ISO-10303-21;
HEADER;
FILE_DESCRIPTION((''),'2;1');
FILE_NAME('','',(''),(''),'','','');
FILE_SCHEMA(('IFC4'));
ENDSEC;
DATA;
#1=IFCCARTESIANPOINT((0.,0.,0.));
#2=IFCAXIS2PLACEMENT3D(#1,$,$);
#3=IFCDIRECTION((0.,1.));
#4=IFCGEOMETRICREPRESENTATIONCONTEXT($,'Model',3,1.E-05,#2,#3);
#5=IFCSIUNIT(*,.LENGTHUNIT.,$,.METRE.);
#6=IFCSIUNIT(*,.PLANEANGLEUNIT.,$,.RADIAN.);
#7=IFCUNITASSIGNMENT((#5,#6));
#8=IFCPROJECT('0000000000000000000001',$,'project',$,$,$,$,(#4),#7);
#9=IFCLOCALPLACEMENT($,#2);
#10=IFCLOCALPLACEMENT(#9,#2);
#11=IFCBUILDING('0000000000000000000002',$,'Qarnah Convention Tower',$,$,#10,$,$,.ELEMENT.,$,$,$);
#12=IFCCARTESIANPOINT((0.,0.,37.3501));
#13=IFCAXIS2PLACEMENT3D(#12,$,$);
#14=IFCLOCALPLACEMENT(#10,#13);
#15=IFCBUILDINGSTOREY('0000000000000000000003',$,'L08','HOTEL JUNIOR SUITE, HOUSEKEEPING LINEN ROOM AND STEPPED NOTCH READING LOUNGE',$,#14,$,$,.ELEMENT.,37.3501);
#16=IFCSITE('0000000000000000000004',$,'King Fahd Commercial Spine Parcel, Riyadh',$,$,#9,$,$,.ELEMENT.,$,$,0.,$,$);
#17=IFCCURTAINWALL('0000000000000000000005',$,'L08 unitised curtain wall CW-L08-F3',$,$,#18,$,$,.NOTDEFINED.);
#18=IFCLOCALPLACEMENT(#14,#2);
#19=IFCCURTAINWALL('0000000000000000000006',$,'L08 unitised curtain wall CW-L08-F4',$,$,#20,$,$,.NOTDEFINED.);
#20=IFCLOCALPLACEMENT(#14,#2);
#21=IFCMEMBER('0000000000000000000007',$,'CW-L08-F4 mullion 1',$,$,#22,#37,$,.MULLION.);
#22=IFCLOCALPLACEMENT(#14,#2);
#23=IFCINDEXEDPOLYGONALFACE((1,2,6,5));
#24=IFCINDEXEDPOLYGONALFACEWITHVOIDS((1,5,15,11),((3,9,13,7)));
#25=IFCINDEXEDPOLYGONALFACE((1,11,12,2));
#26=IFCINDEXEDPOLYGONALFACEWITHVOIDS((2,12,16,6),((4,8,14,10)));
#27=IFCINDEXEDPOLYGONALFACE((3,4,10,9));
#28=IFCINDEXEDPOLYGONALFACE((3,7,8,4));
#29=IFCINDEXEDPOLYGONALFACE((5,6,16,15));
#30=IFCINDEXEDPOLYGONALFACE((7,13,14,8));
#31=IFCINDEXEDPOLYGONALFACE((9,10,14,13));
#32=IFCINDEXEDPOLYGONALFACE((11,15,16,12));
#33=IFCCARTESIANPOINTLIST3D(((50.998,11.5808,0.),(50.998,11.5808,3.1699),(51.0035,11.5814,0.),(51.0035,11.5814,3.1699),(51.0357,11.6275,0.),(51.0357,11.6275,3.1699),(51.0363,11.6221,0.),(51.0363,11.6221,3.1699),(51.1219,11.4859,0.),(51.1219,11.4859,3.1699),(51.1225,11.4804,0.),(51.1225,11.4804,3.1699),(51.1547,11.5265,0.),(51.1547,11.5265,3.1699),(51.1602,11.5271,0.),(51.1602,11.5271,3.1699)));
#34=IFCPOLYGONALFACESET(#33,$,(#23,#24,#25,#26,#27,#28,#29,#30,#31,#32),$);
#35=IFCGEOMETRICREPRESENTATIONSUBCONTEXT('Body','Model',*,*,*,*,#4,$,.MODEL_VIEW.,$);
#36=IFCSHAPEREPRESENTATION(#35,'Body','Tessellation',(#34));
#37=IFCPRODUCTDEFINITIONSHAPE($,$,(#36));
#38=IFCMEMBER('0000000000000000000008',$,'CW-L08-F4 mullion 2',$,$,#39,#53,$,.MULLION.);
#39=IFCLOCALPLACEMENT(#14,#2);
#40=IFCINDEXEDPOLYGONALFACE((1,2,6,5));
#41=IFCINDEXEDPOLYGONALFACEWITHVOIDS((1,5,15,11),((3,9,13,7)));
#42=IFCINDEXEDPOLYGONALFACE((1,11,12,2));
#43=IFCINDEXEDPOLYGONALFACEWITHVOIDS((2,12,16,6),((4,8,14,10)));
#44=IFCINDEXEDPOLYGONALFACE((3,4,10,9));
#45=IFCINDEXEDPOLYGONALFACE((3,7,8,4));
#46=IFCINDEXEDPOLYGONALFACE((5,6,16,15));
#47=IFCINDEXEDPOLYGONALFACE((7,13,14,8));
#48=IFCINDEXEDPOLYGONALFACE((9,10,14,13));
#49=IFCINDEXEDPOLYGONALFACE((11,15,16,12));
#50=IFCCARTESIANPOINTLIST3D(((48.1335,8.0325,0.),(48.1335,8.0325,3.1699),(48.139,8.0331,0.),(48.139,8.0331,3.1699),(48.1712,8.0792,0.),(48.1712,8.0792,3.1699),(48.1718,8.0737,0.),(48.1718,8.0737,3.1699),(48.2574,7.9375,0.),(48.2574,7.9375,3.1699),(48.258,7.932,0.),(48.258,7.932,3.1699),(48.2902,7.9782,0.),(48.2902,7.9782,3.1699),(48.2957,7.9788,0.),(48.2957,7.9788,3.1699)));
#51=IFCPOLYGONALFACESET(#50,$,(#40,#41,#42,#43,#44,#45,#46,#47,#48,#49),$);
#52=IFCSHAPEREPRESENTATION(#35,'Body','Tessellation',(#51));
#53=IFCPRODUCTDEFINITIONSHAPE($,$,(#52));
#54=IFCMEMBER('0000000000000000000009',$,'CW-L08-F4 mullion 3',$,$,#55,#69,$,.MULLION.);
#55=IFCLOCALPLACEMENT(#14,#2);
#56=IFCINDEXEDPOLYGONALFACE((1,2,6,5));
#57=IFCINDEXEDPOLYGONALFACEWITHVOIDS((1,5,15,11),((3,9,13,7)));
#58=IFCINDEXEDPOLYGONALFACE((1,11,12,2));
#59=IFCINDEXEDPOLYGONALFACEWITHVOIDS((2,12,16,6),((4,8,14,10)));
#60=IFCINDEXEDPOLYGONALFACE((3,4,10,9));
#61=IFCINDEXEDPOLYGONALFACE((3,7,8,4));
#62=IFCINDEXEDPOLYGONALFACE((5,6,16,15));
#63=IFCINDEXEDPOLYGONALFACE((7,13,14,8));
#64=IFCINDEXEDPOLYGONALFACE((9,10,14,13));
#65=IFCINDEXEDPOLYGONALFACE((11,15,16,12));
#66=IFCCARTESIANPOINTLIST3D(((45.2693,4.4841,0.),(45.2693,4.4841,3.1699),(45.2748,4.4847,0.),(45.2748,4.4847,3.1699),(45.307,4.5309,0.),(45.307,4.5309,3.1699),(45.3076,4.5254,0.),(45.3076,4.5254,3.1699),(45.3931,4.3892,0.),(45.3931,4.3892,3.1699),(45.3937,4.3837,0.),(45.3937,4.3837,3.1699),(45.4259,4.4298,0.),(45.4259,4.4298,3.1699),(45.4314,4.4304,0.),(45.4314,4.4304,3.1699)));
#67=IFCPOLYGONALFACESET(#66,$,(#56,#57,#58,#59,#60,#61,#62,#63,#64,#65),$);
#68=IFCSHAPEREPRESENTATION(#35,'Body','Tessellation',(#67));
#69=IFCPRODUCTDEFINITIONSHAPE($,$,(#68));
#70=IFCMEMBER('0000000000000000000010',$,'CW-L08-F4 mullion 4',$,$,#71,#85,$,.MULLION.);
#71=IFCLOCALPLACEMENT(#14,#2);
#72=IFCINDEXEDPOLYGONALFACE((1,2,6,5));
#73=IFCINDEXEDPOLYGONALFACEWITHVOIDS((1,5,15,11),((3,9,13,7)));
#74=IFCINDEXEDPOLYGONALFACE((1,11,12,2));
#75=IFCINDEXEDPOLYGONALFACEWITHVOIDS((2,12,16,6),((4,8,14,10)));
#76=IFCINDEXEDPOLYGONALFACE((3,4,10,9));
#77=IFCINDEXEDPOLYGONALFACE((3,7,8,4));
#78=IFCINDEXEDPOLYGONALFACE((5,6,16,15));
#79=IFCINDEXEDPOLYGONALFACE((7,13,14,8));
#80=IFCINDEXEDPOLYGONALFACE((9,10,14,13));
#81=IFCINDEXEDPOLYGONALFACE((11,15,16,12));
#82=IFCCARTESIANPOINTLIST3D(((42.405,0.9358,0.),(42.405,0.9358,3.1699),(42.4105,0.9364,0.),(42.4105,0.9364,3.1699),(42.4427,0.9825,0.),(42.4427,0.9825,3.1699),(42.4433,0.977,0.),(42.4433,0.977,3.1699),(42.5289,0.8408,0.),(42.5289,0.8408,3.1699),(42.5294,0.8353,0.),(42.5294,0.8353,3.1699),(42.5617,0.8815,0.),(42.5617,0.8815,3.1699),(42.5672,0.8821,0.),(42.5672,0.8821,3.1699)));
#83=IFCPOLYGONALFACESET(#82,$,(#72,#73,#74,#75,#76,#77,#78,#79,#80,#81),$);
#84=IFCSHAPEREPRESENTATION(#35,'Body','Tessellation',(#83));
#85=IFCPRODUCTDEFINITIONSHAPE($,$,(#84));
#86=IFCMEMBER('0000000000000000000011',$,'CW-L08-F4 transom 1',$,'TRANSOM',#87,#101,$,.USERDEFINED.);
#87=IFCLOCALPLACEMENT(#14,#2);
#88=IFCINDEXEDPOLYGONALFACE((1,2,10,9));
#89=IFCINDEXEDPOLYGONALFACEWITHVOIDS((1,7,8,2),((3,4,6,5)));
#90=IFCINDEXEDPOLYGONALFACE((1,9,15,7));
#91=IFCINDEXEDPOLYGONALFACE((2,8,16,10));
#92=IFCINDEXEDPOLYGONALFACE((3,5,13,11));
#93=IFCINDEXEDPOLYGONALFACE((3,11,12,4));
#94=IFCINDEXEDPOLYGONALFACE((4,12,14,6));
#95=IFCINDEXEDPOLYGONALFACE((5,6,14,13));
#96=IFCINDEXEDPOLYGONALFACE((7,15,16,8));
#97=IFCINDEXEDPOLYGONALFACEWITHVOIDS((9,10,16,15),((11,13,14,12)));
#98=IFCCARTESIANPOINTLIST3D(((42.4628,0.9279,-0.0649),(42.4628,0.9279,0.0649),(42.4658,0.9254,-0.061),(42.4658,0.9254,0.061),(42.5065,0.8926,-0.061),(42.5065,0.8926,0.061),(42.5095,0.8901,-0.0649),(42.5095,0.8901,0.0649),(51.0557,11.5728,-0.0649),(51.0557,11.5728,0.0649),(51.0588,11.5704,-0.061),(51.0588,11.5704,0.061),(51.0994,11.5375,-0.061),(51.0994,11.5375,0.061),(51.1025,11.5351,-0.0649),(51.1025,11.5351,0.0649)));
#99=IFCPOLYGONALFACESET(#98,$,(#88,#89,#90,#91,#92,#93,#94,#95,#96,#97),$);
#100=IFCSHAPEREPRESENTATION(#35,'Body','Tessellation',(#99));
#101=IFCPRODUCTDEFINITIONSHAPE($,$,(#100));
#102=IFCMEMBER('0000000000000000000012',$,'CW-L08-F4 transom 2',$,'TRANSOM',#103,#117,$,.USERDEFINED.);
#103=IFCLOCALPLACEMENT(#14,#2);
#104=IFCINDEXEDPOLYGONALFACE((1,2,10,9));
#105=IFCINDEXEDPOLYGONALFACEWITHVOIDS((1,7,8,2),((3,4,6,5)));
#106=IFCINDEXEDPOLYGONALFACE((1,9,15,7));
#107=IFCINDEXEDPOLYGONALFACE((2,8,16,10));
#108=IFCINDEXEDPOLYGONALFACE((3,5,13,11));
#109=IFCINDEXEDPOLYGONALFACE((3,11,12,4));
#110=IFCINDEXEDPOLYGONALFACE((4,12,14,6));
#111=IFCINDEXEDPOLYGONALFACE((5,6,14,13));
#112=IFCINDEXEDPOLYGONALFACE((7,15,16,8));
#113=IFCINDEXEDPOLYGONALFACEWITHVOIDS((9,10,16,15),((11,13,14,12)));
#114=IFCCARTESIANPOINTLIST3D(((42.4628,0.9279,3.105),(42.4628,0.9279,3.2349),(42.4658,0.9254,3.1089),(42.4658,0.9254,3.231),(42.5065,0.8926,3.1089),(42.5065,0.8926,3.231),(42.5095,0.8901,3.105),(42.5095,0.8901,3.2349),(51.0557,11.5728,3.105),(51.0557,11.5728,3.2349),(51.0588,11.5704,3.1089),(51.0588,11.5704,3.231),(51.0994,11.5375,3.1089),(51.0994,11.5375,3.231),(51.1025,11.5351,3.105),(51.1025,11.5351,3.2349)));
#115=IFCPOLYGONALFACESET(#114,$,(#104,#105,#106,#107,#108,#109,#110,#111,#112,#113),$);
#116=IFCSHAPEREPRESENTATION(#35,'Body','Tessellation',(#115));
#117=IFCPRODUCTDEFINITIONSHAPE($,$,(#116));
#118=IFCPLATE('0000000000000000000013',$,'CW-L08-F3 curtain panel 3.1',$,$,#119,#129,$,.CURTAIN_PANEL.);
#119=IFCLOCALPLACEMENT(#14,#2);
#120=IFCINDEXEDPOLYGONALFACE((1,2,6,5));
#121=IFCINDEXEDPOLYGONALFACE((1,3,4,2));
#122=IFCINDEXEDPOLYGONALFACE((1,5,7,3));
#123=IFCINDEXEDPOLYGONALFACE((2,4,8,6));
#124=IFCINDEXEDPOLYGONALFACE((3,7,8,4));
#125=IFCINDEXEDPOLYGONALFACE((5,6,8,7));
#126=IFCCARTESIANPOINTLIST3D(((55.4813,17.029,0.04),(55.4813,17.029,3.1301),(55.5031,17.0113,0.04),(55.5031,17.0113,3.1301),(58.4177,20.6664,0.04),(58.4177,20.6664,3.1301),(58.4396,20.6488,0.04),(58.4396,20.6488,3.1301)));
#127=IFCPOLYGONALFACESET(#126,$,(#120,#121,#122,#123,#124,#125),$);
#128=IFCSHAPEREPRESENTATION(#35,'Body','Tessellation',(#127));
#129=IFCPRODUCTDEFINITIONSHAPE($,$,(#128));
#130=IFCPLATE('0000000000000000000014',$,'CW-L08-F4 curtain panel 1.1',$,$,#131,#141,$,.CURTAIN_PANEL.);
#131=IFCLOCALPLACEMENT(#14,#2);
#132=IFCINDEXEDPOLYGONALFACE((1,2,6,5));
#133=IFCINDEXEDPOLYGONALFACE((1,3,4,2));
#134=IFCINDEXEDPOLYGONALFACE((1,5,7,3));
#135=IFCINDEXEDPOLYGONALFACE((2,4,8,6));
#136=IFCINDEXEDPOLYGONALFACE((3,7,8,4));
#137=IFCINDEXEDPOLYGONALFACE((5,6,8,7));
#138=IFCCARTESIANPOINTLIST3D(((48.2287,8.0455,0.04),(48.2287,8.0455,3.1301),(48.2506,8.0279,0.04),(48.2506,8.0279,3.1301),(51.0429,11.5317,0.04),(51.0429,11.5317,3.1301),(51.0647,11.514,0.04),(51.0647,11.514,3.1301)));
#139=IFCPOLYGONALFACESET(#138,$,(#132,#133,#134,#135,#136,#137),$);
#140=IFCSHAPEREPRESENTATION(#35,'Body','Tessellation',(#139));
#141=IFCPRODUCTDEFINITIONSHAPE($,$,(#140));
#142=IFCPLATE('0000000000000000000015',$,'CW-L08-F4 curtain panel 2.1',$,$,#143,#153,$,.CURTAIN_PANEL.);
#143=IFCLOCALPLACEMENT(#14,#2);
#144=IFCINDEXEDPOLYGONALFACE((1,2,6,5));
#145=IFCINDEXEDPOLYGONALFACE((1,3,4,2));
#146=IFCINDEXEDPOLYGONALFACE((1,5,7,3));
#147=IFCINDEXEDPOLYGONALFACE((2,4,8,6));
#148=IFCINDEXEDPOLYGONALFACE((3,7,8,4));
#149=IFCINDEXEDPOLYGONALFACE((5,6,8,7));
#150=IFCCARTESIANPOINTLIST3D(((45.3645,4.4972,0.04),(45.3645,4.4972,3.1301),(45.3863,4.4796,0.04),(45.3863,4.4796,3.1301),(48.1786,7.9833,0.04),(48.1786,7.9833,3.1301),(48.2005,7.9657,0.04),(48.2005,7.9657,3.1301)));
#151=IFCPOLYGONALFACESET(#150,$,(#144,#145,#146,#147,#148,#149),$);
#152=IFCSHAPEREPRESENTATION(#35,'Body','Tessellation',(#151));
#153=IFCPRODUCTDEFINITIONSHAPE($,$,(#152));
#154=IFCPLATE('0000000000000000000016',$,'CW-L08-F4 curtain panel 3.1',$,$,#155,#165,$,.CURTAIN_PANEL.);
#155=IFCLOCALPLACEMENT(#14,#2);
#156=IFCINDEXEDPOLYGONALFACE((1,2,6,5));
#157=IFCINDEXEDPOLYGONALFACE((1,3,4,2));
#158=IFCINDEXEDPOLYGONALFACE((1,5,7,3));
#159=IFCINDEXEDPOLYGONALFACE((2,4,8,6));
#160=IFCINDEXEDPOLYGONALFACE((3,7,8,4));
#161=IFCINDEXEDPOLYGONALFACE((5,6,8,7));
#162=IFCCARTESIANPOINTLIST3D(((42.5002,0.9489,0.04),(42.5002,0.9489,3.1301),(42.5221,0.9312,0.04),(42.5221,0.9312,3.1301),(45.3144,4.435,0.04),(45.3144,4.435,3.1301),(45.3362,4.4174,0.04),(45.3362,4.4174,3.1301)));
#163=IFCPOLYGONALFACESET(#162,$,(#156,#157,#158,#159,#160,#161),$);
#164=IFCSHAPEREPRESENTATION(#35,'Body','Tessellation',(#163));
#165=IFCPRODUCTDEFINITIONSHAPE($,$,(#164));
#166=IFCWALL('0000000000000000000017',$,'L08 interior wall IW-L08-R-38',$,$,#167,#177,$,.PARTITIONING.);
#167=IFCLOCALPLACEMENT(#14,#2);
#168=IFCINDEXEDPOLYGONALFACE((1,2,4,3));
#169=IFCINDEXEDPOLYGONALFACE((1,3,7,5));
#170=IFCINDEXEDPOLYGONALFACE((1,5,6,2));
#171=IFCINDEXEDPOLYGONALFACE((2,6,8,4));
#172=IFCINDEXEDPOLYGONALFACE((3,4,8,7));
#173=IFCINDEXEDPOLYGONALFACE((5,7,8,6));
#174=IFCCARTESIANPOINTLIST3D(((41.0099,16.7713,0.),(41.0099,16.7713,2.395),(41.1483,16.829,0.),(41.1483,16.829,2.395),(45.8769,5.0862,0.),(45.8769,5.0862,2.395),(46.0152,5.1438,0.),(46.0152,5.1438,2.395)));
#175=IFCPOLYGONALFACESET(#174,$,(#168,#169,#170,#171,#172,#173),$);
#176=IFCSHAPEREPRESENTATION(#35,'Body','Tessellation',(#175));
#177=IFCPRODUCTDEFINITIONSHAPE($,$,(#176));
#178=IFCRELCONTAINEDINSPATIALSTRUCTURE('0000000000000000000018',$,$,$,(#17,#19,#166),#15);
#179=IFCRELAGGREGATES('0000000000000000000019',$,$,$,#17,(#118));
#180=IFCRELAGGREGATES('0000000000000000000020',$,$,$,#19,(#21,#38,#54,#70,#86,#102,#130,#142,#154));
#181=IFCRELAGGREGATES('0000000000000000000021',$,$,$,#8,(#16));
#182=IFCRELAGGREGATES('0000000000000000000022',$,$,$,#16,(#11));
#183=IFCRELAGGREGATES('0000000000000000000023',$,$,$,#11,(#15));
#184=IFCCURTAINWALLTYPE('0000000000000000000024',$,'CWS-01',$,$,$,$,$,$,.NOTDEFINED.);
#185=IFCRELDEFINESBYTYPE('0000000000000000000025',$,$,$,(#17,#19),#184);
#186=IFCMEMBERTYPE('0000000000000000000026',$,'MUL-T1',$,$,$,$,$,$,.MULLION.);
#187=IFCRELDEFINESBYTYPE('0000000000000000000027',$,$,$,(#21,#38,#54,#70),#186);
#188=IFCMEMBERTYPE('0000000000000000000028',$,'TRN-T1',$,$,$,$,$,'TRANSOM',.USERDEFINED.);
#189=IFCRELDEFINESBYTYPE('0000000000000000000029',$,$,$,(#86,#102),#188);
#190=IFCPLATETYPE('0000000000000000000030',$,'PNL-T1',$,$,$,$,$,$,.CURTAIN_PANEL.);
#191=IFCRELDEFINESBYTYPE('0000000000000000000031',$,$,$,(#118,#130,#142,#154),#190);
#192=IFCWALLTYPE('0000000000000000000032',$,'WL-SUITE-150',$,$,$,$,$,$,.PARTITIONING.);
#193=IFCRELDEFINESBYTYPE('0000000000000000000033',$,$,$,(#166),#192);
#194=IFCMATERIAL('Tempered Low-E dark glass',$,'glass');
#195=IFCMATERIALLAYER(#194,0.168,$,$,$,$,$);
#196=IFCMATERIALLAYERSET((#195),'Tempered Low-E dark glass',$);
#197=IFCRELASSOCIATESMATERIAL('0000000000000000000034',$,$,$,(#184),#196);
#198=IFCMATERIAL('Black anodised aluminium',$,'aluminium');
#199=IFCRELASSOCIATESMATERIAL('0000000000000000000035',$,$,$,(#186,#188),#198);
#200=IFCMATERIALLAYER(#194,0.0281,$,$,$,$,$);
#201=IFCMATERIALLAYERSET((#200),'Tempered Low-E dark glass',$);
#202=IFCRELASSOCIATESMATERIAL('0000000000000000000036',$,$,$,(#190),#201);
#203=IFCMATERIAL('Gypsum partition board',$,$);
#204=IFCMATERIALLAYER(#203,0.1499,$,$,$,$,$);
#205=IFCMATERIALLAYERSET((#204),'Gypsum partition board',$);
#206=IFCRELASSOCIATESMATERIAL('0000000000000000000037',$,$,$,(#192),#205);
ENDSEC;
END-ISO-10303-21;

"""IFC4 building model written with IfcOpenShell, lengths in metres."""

from ifc_helpers import new_model, si_unit, direction, frame, frame_2d, origin, origin_2d, place, context, subcontext, project, spatial, rectangle, hollow_rectangle, extrude, material, layer, layer_set, material_profile, profile_set, type_object, element, aggregate, save


model = new_model("IFC4")

# Units and contexts
model_context = context("Model", 3, precision=1e-05, world=origin(), true_north=direction((0.0, 1.0)))
body_context = subcontext(model_context, "Body", "Model", "MODEL_VIEW")
ifc_project = project(units=[si_unit("LENGTHUNIT", "METRE"), si_unit("PLANEANGLEUNIT", "RADIAN")], contexts=[model_context])

# Site, building, storey
site_placement = place(None, origin())
site = spatial("IfcSite", under=ifc_project, at=site_placement, Name="King Fahd Commercial Spine Parcel, Riyadh", CompositionType="ELEMENT", RefElevation=0.0)
building_placement = place(site_placement, origin())
building = spatial("IfcBuilding", under=site, at=building_placement, Name="Qarnah Convention Tower", CompositionType="ELEMENT")
storey_placement = place(building_placement, frame((0.0, 0.0, 37.3501)))
storey = spatial("IfcBuildingStorey", under=building, at=storey_placement, Name="L08", Description="HOTEL JUNIOR SUITE, HOUSEKEEPING LINEN ROOM AND STEPPED NOTCH READING LOUNGE", CompositionType="ELEMENT", Elevation=37.3501)

# Curtain wall
ifc_material_1 = material(Name="Tempered Low-E dark glass", Category="glass")
ifc_layer_1 = layer(ifc_material_1, 0.168)
ifc_layer_set_1 = layer_set([ifc_layer_1], Name="Tempered Low-E dark glass")
curtain_wall_type = type_object("IfcCurtainWallType", Name="CWS-01", PredefinedType="NOTDEFINED", material=ifc_layer_set_1)
curtain_wall_1_placement = place(storey_placement, origin())
curtain_wall_1 = element("IfcCurtainWall", 1, at=curtain_wall_1_placement, inside=storey, type_object=curtain_wall_type, Name="L08 unitised curtain wall CW-L08-F3", PredefinedType="NOTDEFINED")
ifc_material_2 = material(Name="Black anodised aluminium", Category="aluminium")
ifc_material_profile_1 = material_profile(ifc_material_2, hollow_rectangle(XDim=0.0601, YDim=0.1599, WallThickness=0.0039, at=origin_2d()), Name="MUL-60X160")
ifc_profile_set_1 = profile_set([ifc_material_profile_1], Name="Black anodised aluminium")
member_type_1 = type_object("IfcMemberType", Name="MUL-T1", PredefinedType="MULLION", material=ifc_profile_set_1)

# Curtain wall, members
curtain_wall_2_placement = place(storey_placement, origin())
curtain_wall_2 = element("IfcCurtainWall", 2, at=curtain_wall_2_placement, inside=storey, type_object=curtain_wall_type, Name="L08 unitised curtain wall CW-L08-F4", PredefinedType="NOTDEFINED")
member_1_placement = place(storey_placement, frame((51.0791, 11.554, 0.0), z_axis=(0.0, 0.0, 1.0), x_axis=(-0.628121, -0.778116, 0.0)))
member_1 = element("IfcMember", 3, at=member_1_placement, type_object=member_type_1, Name="CW-L08-F4 mullion 1", PredefinedType="MULLION", context=body_context, shape_type="SweptSolid", body=[
    extrude(hollow_rectangle(XDim=0.0601, YDim=0.1599, WallThickness=0.0039, at=origin_2d()), origin(), (0.0, 0.0, 1.0), 3.1699),
])
member_2_placement = place(storey_placement, frame((48.2146, 8.0056, 0.0), z_axis=(0.0, 0.0, 1.0), x_axis=(-0.628121, -0.778116, 0.0)))
member_2 = element("IfcMember", 4, at=member_2_placement, type_object=member_type_1, Name="CW-L08-F4 mullion 2", PredefinedType="MULLION", context=body_context, shape_type="SweptSolid", body=[
    extrude(hollow_rectangle(XDim=0.0601, YDim=0.1599, WallThickness=0.0039, at=origin_2d()), origin(), (0.0, 0.0, 1.0), 3.1699),
])
member_3_placement = place(storey_placement, frame((45.3503, 4.4573, 0.0), z_axis=(0.0, 0.0, 1.0), x_axis=(-0.628121, -0.778116, 0.0)))
member_3 = element("IfcMember", 5, at=member_3_placement, type_object=member_type_1, Name="CW-L08-F4 mullion 3", PredefinedType="MULLION", context=body_context, shape_type="SweptSolid", body=[
    extrude(hollow_rectangle(XDim=0.0601, YDim=0.1599, WallThickness=0.0039, at=origin_2d()), origin(), (0.0, 0.0, 1.0), 3.1699),
])
member_4_placement = place(storey_placement, frame((42.4861, 0.9089, 0.0), z_axis=(0.0, 0.0, 1.0), x_axis=(-0.628121, -0.778116, 0.0)))
member_4 = element("IfcMember", 6, at=member_4_placement, type_object=member_type_1, Name="CW-L08-F4 mullion 4", PredefinedType="MULLION", context=body_context, shape_type="SweptSolid", body=[
    extrude(hollow_rectangle(XDim=0.0601, YDim=0.1599, WallThickness=0.0039, at=origin_2d()), origin(), (0.0, 0.0, 1.0), 3.1699),
])
ifc_material_profile_2 = material_profile(ifc_material_2, hollow_rectangle(XDim=0.0601, YDim=0.1299, WallThickness=0.0039, at=origin_2d()), Name="TRN-60X130")
ifc_profile_set_2 = profile_set([ifc_material_profile_2], Name="Black anodised aluminium")
member_type_2 = type_object("IfcMemberType", Name="TRN-T1", ElementType="TRANSOM", PredefinedType="USERDEFINED", material=ifc_profile_set_2)
member_5_placement = place(storey_placement, frame((51.0791, 11.554, 0.0), z_axis=(-0.628121, -0.778116, 0.0), x_axis=(0.778116, -0.628121, 0.0)))
member_5 = element("IfcMember", 7, at=member_5_placement, type_object=member_type_2, Name="CW-L08-F4 transom 1", ObjectType="TRANSOM", PredefinedType="USERDEFINED", context=body_context, shape_type="SweptSolid", body=[
    extrude(hollow_rectangle(XDim=0.0601, YDim=0.1299, WallThickness=0.0039, at=origin_2d()), origin(), (0.0, 0.0, 1.0), 13.6804),
])
member_6_placement = place(storey_placement, frame((51.0791, 11.554, 3.1699), z_axis=(-0.628121, -0.778116, 0.0), x_axis=(0.778116, -0.628121, 0.0)))
member_6 = element("IfcMember", 8, at=member_6_placement, type_object=member_type_2, Name="CW-L08-F4 transom 2", ObjectType="TRANSOM", PredefinedType="USERDEFINED", context=body_context, shape_type="SweptSolid", body=[
    extrude(hollow_rectangle(XDim=0.0601, YDim=0.1299, WallThickness=0.0039, at=origin_2d()), origin(), (0.0, 0.0, 1.0), 13.6804),
])

# Plates
ifc_layer_2 = layer(ifc_material_1, 0.0281)
ifc_layer_set_2 = layer_set([ifc_layer_2], Name="Tempered Low-E dark glass")
plate_type = type_object("IfcPlateType", Name="PNL-T1", PredefinedType="CURTAIN_PANEL", material=ifc_layer_set_2)
plate_1_placement = place(storey_placement, frame((56.9604, 18.8389, 0.04), z_axis=(0.0, 0.0, 1.0), x_axis=(-0.628143, -0.778098, 0.0)))
plate_1 = element("IfcPlate", 9, at=plate_1_placement, type_object=plate_type, Name="CW-L08-F3 curtain panel 3.1", PredefinedType="CURTAIN_PANEL", context=body_context, shape_type="SweptSolid", body=[
    extrude(rectangle(XDim=4.6748, YDim=0.0281, at=origin_2d()), origin(), (0.0, 0.0, 1.0), 3.0901),
])
aggregate(curtain_wall_1, [plate_1])
plate_2_placement = place(storey_placement, frame((49.6467, 9.7798, 0.04), z_axis=(0.0, 0.0, 1.0), x_axis=(-0.628121, -0.778116, 0.0)))
plate_2 = element("IfcPlate", 10, at=plate_2_placement, type_object=plate_type, Name="CW-L08-F4 curtain panel 1.1", PredefinedType="CURTAIN_PANEL", context=body_context, shape_type="SweptSolid", body=[
    extrude(rectangle(XDim=4.4802, YDim=0.0281, at=origin_2d()), origin(), (0.0, 0.0, 1.0), 3.0901),
])
plate_3_placement = place(storey_placement, frame((46.7825, 6.2314, 0.04), z_axis=(0.0, 0.0, 1.0), x_axis=(-0.628121, -0.778116, 0.0)))
plate_3 = element("IfcPlate", 11, at=plate_3_placement, type_object=plate_type, Name="CW-L08-F4 curtain panel 2.1", PredefinedType="CURTAIN_PANEL", context=body_context, shape_type="SweptSolid", body=[
    extrude(rectangle(XDim=4.4802, YDim=0.0281, at=origin_2d()), origin(), (0.0, 0.0, 1.0), 3.0901),
])
plate_4_placement = place(storey_placement, frame((43.9182, 2.6831, 0.04), z_axis=(0.0, 0.0, 1.0), x_axis=(-0.628121, -0.778116, 0.0)))
plate_4 = element("IfcPlate", 12, at=plate_4_placement, type_object=plate_type, Name="CW-L08-F4 curtain panel 3.1", PredefinedType="CURTAIN_PANEL", context=body_context, shape_type="SweptSolid", body=[
    extrude(rectangle(XDim=4.4802, YDim=0.0281, at=origin_2d()), origin(), (0.0, 0.0, 1.0), 3.0901),
])
aggregate(curtain_wall_2, [member_1, member_2, member_3, member_4, member_5, member_6, plate_2, plate_3, plate_4])

# Wall
ifc_material_3 = material(Name="Gypsum partition board")
ifc_layer_3 = layer(ifc_material_3, 0.1499)
ifc_layer_set_3 = layer_set([ifc_layer_3], Name="Gypsum partition board")
wall_type_1 = type_object("IfcWallType", Name="WL-SUITE-150", PredefinedType="PARTITIONING", material=ifc_layer_set_3)
wall_1_placement = place(storey_placement, frame((45.946, 5.115, 0.0), z_axis=(0.0, 0.0, 1.0), x_axis=(-0.384492, 0.923128, 0.0)))
element("IfcWall", 13, at=wall_1_placement, inside=storey, type_object=wall_type_1, Name="L08 interior wall IW-L08-R-38", PredefinedType="PARTITIONING", context=body_context, shape_type="SweptSolid", body=[
    extrude(rectangle(XDim=12.6582, YDim=0.1499, at=frame_2d((6.3291, 0.0))), origin(), (0.0, 0.0, 1.0), 2.395),
])

save(model, "model.ifc")
